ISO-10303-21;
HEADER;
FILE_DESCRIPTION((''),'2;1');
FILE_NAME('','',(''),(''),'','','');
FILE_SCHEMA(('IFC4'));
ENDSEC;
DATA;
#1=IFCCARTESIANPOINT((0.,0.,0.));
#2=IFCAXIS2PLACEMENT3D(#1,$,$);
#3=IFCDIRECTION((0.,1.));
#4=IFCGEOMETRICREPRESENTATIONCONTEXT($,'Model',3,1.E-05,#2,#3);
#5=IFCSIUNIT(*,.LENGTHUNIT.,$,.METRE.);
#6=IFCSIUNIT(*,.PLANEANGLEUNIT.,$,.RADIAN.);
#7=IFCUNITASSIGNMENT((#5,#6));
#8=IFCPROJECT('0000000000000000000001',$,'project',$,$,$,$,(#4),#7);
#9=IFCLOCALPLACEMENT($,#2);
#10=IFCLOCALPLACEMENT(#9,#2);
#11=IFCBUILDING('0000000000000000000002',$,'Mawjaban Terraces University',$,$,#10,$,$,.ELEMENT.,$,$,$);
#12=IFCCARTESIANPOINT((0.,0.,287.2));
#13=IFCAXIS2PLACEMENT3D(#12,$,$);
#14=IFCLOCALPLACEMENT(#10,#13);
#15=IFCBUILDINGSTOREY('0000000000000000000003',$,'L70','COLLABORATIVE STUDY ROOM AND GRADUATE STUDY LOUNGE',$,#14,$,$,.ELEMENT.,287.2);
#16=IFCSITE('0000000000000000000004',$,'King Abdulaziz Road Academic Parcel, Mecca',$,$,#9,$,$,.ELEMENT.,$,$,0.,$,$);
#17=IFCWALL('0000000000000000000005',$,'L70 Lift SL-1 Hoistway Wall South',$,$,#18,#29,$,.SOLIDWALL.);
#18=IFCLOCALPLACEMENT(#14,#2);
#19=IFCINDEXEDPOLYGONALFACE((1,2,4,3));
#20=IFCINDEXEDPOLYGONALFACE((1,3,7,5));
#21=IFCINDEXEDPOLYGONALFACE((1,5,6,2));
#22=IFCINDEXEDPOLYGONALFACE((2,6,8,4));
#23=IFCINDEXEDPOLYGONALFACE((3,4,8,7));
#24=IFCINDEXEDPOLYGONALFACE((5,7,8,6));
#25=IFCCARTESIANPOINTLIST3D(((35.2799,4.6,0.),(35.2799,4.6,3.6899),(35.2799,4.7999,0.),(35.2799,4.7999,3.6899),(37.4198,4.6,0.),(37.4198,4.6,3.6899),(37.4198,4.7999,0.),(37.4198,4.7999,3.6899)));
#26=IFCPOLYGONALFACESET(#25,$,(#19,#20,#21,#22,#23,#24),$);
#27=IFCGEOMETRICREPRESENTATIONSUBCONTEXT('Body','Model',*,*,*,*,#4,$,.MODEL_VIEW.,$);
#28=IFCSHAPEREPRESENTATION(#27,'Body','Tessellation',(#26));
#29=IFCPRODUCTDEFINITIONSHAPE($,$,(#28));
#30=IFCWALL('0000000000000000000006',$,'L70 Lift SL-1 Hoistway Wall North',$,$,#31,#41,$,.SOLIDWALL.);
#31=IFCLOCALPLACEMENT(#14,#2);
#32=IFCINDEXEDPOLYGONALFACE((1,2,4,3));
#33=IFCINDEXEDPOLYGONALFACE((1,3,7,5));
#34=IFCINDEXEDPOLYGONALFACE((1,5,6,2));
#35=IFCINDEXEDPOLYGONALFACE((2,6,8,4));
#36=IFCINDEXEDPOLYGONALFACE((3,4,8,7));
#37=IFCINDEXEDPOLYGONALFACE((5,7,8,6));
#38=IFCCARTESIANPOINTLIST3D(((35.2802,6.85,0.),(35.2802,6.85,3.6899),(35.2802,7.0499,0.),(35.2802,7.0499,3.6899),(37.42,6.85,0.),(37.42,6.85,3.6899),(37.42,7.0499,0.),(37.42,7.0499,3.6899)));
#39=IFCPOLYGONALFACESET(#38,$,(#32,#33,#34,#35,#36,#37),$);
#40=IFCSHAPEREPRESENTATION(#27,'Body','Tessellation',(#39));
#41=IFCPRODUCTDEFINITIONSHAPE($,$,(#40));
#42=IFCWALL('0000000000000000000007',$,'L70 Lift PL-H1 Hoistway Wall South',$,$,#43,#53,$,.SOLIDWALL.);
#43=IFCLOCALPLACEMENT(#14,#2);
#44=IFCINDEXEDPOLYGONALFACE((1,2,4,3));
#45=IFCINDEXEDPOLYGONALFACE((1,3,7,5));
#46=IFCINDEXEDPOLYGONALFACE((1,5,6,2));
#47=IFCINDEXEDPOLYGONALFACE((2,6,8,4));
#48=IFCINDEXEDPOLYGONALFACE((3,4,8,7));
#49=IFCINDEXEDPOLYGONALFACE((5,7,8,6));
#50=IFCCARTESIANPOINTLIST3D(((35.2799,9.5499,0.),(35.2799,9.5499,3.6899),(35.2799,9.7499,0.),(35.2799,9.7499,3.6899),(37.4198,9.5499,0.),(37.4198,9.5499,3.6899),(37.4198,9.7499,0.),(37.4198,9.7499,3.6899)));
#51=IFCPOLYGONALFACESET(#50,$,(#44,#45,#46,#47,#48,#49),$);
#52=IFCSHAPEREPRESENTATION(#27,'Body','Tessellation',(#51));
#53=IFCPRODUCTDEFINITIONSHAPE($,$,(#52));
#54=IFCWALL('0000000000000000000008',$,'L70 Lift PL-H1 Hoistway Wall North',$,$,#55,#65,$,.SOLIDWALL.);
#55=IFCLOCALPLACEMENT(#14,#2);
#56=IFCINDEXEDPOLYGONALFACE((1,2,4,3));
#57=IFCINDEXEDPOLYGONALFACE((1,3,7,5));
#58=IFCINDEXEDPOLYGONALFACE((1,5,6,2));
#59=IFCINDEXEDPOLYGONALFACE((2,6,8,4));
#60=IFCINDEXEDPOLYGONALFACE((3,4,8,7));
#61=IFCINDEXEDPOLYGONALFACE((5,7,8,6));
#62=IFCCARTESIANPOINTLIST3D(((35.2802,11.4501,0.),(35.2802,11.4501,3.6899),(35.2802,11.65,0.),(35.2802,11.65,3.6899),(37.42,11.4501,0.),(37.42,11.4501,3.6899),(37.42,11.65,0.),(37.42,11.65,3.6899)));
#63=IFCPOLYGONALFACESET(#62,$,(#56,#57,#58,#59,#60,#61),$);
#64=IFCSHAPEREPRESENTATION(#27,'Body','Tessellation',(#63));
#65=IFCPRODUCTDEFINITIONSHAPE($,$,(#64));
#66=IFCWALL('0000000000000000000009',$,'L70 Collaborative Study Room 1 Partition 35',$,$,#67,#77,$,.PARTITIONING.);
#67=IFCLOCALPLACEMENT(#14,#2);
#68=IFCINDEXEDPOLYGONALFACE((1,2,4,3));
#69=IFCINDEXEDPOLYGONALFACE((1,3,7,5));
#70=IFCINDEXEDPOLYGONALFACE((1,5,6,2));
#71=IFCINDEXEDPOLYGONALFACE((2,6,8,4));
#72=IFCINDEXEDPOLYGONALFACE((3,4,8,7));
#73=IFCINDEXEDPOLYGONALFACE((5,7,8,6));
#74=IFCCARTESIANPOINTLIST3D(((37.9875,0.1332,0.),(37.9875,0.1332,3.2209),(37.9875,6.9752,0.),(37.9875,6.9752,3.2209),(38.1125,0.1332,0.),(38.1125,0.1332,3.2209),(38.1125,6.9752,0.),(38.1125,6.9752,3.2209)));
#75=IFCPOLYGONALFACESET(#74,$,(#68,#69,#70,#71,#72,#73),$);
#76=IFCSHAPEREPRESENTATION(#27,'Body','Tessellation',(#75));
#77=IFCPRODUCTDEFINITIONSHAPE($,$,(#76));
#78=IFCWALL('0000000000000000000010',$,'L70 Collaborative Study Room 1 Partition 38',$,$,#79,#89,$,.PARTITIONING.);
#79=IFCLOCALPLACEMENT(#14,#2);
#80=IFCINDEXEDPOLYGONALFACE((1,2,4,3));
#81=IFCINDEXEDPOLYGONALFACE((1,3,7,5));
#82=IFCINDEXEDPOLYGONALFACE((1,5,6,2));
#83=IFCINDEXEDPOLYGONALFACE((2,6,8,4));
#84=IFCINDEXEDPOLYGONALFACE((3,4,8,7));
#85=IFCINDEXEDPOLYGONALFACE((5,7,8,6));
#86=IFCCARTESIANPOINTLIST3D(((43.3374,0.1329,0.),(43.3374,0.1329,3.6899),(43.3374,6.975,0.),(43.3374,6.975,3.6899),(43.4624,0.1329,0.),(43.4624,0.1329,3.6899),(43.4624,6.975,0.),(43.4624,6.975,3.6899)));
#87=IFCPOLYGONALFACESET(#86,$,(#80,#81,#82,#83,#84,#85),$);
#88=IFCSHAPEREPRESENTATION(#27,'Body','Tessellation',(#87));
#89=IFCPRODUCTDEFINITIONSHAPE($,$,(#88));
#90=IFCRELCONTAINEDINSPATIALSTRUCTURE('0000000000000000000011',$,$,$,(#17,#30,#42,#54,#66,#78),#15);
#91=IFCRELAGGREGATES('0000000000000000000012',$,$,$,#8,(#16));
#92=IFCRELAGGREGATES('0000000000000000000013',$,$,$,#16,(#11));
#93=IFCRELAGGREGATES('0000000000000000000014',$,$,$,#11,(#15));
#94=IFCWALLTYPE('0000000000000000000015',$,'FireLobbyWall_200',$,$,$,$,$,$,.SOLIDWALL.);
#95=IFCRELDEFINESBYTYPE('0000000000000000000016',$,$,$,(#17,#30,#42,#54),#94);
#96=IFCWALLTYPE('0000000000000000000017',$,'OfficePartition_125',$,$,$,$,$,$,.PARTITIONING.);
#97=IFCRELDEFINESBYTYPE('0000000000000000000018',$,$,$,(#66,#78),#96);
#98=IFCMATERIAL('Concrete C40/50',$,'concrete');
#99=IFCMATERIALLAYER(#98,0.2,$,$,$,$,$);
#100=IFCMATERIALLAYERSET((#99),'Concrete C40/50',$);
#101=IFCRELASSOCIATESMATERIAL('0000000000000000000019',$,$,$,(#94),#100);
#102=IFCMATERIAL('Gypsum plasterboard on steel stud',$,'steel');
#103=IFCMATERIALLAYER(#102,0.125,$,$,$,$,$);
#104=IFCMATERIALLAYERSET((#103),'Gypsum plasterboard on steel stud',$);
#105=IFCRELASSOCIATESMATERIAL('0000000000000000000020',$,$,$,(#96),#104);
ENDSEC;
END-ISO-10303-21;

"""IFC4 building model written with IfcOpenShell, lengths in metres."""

from ifc_helpers import new_model, si_unit, direction, frame, frame_2d, origin, place, context, subcontext, project, spatial, rectangle, extrude, material, layer, layer_set, type_object, element, save


model = new_model("IFC4")

# Units and contexts
model_context = context("Model", 3, precision=1e-05, world=origin(), true_north=direction((0.0, 1.0)))
body_context = subcontext(model_context, "Body", "Model", "MODEL_VIEW")
ifc_project = project(units=[si_unit("LENGTHUNIT", "METRE"), si_unit("PLANEANGLEUNIT", "RADIAN")], contexts=[model_context])

# Site, building, storey
site_placement = place(None, origin())
site = spatial("IfcSite", under=ifc_project, at=site_placement, Name="King Abdulaziz Road Academic Parcel, Mecca", CompositionType="ELEMENT", RefElevation=0.0)
building_placement = place(site_placement, origin())
building = spatial("IfcBuilding", under=site, at=building_placement, Name="Mawjaban Terraces University", CompositionType="ELEMENT")
storey_placement = place(building_placement, frame((0.0, 0.0, 287.2)))
storey = spatial("IfcBuildingStorey", under=building, at=storey_placement, Name="L70", Description="COLLABORATIVE STUDY ROOM AND GRADUATE STUDY LOUNGE", CompositionType="ELEMENT", Elevation=287.2)

# Walls
ifc_material_1 = material(Name="Concrete C40/50", Category="concrete")
ifc_layer_1 = layer(ifc_material_1, 0.2)
ifc_layer_set_1 = layer_set([ifc_layer_1], Name="Concrete C40/50")
wall_type_1 = type_object("IfcWallType", Name="FireLobbyWall_200", PredefinedType="SOLIDWALL", material=ifc_layer_set_1)
for number, where, z_axis, x_axis, name in (
    (1, (35.28, 4.7, 0.0), (0.0, 0.0, 1.0), (1.0, 0.0, 0.0), "L70 Lift SL-1 Hoistway Wall South"),
    (2, (37.4199, 6.95, 0.0), (0.0, 0.0, 1.0), (-1.0, 0.0, 0.0), "L70 Lift SL-1 Hoistway Wall North"),
    (3, (35.28, 9.6499, 0.0), (0.0, 0.0, 1.0), (1.0, 0.0, 0.0), "L70 Lift PL-H1 Hoistway Wall South"),
    (4, (37.4199, 11.55, 0.0), (0.0, 0.0, 1.0), (-1.0, 0.0, 0.0), "L70 Lift PL-H1 Hoistway Wall North"),
):
    element("IfcWall", number, at=place(storey_placement, frame(where, z_axis=z_axis, x_axis=x_axis)), inside=storey, type_object=wall_type_1, Name=name, PredefinedType="SOLIDWALL", context=body_context, shape_type="SweptSolid", body=[
        extrude(rectangle(XDim=2.1399, YDim=0.2, at=frame_2d((1.0698, 0.0))), origin(), (0.0, 0.0, 1.0), 3.6899),
    ])
ifc_material_2 = material(Name="Gypsum plasterboard on steel stud", Category="steel")
ifc_layer_2 = layer(ifc_material_2, 0.125)
ifc_layer_set_2 = layer_set([ifc_layer_2], Name="Gypsum plasterboard on steel stud")
wall_type_2 = type_object("IfcWallType", Name="OfficePartition_125", PredefinedType="PARTITIONING", material=ifc_layer_set_2)
wall_1_placement = place(storey_placement, frame((38.05, 6.9751, 0.0), z_axis=(0.0, 0.0, 1.0), x_axis=(0.0, -1.0, 0.0)))
element("IfcWall", 5, at=wall_1_placement, inside=storey, type_object=wall_type_2, Name="L70 Collaborative Study Room 1 Partition 35", PredefinedType="PARTITIONING", context=body_context, shape_type="SweptSolid", body=[
    extrude(rectangle(XDim=6.842, YDim=0.125, at=frame_2d((3.4209, 0.0))), origin(), (0.0, 0.0, 1.0), 3.2209),
])
wall_2_placement = place(storey_placement, frame((43.3999, 0.1331, 0.0), z_axis=(0.0, 0.0, 1.0), x_axis=(0.0, 1.0, 0.0)))
element("IfcWall", 6, at=wall_2_placement, inside=storey, type_object=wall_type_2, Name="L70 Collaborative Study Room 1 Partition 38", PredefinedType="PARTITIONING", context=body_context, shape_type="SweptSolid", body=[
    extrude(rectangle(XDim=6.842, YDim=0.125, at=frame_2d((3.4209, 0.0))), origin(), (0.0, 0.0, 1.0), 3.6899),
])

save(model, "model.ifc")
